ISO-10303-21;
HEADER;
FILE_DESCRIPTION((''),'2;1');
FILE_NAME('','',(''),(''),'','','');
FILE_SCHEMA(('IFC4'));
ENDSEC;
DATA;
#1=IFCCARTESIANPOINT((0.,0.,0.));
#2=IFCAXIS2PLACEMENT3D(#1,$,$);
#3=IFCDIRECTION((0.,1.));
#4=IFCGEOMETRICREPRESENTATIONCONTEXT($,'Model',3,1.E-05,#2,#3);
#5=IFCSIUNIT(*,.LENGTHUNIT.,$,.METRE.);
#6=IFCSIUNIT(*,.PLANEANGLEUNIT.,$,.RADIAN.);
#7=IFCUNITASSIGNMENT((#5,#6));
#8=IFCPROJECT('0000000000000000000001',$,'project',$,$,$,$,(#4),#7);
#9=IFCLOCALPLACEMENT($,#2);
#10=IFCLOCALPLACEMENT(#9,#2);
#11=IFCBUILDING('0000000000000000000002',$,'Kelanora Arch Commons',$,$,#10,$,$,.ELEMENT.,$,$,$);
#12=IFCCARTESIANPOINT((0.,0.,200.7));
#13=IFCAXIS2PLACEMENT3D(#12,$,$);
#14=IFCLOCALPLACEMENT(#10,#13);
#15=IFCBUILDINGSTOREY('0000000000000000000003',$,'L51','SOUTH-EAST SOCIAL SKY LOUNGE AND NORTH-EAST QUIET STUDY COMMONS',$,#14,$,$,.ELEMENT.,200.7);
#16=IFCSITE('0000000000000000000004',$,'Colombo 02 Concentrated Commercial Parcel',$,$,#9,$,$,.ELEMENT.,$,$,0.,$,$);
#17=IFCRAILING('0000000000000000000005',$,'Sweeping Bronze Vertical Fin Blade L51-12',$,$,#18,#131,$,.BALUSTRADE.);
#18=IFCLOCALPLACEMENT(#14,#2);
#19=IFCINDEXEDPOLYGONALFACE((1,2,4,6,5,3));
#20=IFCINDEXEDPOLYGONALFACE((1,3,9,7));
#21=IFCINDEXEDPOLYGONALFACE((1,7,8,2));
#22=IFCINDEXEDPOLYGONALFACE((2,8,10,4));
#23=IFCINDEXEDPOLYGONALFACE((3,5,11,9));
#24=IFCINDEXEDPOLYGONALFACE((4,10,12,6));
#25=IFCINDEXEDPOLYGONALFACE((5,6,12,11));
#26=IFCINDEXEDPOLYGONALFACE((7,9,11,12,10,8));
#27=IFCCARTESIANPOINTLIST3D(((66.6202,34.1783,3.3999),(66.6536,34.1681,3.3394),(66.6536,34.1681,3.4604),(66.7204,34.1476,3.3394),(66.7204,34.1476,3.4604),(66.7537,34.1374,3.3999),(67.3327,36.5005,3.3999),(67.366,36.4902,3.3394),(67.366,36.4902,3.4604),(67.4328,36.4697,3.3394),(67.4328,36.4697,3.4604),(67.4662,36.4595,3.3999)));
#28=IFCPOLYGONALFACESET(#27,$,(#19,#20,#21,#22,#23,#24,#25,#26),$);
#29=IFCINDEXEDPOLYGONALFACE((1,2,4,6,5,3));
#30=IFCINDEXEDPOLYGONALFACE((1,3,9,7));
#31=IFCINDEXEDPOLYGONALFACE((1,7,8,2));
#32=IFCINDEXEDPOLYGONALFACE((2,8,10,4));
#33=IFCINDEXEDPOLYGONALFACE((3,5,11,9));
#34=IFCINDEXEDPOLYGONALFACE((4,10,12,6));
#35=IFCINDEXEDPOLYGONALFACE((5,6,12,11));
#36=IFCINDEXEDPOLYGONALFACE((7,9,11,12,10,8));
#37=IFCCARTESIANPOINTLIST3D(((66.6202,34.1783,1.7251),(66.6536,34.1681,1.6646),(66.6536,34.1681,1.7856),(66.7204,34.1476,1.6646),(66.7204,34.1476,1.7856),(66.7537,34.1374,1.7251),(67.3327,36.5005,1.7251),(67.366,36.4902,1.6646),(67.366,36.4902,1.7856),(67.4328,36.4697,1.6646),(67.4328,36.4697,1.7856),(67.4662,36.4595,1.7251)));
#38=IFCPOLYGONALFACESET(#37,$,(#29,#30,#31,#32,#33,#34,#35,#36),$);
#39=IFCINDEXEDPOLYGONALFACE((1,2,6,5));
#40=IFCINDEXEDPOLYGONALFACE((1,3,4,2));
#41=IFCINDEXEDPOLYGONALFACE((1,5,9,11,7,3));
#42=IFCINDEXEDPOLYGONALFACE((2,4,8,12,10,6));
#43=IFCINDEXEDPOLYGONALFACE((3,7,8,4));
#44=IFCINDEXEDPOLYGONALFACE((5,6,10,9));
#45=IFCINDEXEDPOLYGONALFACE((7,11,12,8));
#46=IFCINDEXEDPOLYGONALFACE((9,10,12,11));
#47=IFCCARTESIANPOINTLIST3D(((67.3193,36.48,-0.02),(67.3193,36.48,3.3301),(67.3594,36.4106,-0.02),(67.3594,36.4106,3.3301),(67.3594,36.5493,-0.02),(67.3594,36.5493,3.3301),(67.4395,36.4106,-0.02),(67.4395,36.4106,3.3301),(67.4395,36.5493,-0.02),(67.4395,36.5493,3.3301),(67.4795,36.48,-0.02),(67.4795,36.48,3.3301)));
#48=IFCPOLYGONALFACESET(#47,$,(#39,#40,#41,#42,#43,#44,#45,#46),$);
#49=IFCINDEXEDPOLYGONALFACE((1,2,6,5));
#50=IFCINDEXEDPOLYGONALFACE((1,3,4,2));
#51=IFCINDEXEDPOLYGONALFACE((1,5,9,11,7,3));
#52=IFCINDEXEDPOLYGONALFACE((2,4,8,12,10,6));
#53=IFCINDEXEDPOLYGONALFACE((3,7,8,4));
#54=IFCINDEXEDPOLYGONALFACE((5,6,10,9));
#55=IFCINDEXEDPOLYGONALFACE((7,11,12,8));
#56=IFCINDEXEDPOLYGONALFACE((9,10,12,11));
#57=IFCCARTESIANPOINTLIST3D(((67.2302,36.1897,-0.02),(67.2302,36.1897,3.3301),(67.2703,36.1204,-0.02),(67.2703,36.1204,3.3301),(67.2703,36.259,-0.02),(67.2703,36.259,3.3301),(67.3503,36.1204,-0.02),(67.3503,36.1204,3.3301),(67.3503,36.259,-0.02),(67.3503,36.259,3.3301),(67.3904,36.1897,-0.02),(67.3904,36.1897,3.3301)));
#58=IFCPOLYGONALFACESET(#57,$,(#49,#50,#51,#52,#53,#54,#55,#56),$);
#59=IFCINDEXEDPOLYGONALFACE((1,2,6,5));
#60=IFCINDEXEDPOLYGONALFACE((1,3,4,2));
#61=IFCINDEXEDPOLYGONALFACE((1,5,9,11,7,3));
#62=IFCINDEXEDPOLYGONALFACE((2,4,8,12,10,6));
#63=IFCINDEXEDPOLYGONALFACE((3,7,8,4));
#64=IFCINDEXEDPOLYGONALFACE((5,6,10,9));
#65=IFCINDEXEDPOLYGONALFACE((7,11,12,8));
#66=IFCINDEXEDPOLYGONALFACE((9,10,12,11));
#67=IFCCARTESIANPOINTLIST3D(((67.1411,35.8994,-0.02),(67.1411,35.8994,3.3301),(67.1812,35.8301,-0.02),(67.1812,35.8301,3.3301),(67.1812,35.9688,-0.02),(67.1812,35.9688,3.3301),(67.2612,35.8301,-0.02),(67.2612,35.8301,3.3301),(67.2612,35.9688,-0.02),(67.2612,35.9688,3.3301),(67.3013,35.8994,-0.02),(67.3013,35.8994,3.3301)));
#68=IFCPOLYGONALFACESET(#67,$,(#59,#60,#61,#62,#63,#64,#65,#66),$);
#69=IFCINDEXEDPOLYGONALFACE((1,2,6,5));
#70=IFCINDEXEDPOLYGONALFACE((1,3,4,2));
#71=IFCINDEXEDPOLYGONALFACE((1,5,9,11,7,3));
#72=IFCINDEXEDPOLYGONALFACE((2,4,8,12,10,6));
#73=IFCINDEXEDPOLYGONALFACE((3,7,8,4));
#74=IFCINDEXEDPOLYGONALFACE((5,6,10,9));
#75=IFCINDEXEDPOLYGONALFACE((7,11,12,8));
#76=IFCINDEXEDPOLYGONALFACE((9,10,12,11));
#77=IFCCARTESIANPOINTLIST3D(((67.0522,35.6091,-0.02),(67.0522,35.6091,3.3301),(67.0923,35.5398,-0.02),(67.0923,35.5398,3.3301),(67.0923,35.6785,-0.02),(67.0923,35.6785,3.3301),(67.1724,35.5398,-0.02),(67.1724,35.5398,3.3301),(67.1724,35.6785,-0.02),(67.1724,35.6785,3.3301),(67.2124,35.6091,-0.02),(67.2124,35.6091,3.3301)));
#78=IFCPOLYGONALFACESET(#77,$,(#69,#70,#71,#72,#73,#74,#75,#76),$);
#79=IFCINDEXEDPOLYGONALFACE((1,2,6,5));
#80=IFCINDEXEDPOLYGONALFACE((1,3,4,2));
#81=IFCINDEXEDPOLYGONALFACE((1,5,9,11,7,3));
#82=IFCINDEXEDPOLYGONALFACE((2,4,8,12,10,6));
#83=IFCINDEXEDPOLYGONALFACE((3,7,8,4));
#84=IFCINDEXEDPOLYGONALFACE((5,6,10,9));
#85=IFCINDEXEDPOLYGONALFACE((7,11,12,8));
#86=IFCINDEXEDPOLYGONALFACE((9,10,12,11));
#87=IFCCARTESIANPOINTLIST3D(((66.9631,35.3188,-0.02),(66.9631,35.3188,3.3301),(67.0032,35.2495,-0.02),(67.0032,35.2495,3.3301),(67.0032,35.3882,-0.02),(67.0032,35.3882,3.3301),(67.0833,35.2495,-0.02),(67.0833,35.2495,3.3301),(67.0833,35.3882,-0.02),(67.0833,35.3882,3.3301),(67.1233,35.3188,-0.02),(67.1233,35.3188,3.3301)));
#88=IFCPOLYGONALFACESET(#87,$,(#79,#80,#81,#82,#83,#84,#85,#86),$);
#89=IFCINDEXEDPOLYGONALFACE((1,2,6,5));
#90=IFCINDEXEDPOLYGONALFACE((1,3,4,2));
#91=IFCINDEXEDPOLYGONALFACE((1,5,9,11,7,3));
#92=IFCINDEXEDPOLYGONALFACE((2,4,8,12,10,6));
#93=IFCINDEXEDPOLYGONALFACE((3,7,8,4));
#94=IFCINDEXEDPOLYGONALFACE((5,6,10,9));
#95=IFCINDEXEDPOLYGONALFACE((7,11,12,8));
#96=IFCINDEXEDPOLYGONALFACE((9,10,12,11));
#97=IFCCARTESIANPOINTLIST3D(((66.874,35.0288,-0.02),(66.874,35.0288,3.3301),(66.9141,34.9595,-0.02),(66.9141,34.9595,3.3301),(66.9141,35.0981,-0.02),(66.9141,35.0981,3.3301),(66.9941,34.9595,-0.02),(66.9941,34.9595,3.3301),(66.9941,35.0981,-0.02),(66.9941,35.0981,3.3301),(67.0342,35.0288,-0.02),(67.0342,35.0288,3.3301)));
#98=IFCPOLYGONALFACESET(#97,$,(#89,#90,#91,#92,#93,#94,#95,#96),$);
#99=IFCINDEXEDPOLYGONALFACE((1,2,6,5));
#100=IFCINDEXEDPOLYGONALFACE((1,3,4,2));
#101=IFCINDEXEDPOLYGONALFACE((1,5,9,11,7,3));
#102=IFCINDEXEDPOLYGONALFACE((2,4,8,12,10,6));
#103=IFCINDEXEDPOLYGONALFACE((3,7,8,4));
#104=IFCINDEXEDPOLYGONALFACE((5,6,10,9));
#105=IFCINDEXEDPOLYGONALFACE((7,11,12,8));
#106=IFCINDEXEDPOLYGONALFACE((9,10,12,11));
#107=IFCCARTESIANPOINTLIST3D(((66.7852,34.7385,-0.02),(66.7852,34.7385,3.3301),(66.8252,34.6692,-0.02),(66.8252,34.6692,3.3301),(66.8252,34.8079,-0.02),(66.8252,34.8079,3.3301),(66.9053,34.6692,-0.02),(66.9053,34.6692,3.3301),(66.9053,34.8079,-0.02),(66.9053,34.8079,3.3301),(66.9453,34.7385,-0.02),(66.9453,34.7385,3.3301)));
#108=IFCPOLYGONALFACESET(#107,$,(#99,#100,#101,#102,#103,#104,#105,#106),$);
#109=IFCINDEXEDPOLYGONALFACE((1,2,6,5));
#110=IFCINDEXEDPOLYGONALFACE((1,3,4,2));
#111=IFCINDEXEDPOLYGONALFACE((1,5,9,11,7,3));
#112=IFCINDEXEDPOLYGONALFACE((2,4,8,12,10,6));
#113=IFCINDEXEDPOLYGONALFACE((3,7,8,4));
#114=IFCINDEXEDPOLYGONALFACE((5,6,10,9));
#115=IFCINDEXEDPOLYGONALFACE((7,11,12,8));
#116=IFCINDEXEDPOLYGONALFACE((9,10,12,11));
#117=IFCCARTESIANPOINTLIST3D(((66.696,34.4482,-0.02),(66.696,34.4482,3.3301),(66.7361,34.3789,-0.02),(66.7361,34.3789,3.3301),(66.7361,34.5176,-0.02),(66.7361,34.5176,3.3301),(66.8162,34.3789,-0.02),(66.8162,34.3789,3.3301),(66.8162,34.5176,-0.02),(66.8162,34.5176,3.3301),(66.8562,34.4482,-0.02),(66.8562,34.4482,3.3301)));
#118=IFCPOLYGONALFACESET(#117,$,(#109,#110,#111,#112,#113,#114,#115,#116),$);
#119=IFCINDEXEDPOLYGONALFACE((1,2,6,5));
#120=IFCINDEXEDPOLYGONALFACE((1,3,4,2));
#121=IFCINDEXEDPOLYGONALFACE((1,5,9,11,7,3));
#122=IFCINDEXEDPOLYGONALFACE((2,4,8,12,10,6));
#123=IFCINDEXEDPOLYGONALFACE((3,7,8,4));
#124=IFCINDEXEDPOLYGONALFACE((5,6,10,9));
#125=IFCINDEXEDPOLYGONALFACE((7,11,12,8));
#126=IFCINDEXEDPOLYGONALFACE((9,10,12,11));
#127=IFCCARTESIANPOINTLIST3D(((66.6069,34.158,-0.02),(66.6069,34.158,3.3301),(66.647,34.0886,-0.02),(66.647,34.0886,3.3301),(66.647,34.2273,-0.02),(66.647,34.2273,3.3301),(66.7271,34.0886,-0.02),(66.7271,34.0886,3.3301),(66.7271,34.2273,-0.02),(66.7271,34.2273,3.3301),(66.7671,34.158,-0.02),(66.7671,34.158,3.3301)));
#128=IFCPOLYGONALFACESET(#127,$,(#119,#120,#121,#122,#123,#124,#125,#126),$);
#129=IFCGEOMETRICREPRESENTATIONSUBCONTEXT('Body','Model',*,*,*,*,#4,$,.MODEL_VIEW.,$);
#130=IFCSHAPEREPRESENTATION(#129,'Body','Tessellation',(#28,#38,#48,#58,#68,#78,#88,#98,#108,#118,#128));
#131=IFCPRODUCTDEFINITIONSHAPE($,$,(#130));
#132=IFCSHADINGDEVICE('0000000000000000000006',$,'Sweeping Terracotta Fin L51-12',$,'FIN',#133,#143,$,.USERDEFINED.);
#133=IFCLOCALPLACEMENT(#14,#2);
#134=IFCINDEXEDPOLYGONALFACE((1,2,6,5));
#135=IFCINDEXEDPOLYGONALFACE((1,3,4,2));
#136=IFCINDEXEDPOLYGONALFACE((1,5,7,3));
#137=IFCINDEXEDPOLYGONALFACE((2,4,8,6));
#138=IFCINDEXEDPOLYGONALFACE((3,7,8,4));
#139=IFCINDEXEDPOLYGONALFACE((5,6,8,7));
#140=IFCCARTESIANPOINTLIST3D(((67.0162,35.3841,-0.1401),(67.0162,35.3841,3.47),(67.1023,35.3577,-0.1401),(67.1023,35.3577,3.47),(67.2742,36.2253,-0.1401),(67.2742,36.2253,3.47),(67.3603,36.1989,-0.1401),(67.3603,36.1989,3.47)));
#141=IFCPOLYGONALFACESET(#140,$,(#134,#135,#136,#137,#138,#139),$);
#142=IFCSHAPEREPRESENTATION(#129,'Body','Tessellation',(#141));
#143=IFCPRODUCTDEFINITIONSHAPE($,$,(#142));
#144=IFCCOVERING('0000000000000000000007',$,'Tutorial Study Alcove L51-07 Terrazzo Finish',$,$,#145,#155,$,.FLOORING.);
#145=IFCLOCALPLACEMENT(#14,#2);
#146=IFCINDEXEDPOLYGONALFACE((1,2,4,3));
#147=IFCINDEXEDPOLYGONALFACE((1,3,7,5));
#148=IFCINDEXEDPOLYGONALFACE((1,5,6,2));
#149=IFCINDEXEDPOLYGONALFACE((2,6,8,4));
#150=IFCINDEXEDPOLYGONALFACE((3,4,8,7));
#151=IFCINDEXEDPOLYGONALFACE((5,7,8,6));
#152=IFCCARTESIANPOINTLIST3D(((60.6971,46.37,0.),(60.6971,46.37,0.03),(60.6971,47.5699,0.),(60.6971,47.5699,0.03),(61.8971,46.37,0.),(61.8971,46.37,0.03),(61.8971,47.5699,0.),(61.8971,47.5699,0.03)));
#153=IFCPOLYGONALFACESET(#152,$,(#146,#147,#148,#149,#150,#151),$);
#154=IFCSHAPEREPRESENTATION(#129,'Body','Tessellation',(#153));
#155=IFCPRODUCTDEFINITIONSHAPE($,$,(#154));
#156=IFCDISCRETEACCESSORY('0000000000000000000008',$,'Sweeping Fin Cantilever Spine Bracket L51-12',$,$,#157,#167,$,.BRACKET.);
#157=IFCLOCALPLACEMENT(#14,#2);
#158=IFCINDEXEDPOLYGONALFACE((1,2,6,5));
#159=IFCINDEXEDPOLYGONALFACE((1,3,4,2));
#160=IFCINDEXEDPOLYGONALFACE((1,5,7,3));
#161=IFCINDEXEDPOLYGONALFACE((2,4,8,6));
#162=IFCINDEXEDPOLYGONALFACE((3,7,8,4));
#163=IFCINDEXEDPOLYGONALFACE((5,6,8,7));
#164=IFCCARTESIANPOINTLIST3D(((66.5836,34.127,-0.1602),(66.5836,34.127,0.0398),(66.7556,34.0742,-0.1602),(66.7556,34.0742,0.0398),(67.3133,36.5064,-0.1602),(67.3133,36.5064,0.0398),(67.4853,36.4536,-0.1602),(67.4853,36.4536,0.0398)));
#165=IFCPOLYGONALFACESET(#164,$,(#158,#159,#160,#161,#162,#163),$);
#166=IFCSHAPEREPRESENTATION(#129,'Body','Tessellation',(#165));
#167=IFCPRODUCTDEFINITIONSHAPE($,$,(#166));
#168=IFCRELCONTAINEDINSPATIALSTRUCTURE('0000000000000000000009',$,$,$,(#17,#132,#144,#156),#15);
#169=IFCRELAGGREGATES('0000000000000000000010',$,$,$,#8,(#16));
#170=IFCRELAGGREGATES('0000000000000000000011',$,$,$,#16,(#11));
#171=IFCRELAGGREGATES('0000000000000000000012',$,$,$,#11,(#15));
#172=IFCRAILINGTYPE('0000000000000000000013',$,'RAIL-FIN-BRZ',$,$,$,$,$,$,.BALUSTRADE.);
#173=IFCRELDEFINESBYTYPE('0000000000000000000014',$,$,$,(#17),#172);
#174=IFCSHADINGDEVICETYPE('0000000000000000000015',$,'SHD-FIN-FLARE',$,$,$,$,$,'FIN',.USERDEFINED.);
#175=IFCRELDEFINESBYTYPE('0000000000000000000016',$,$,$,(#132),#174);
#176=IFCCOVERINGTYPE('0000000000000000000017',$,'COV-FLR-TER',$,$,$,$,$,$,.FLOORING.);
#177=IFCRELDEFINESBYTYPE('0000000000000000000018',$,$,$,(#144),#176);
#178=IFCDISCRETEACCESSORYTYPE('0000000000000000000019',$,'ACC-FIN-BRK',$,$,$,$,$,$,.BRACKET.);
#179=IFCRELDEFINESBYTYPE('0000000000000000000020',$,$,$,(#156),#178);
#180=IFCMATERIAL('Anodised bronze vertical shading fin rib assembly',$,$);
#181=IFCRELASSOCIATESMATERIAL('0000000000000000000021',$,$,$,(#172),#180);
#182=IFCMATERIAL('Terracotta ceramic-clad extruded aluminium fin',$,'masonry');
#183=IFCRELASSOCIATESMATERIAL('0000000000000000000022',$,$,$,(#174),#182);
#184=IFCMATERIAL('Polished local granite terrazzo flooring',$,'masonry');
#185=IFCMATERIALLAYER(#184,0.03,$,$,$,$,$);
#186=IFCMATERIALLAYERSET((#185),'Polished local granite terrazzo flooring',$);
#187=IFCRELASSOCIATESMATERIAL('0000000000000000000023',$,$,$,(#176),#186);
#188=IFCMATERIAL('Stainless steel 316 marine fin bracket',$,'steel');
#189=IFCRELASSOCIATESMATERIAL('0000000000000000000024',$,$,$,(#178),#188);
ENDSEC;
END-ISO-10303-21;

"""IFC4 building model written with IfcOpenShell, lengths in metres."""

from ifc_helpers import new_model, si_unit, direction, frame, origin, origin_2d, place, context, subcontext, project, spatial, polyline, rectangle, outline, extrude, source, transform, mapped, material, layer, layer_set, type_object, element, save


model = new_model("IFC4")

# Units and contexts
model_context = context("Model", 3, precision=1e-05, world=origin(), true_north=direction((0.0, 1.0)))
body_context = subcontext(model_context, "Body", "Model", "MODEL_VIEW")
ifc_project = project(units=[si_unit("LENGTHUNIT", "METRE"), si_unit("PLANEANGLEUNIT", "RADIAN")], contexts=[model_context])

# Site, building, storey
site_placement = place(None, origin())
site = spatial("IfcSite", under=ifc_project, at=site_placement, Name="Colombo 02 Concentrated Commercial Parcel", CompositionType="ELEMENT", RefElevation=0.0)
building_placement = place(site_placement, origin())
building = spatial("IfcBuilding", under=site, at=building_placement, Name="Kelanora Arch Commons", CompositionType="ELEMENT")
storey_placement = place(building_placement, frame((0.0, 0.0, 200.7)))
storey = spatial("IfcBuildingStorey", under=building, at=storey_placement, Name="L51", Description="SOUTH-EAST SOCIAL SKY LOUNGE AND NORTH-EAST QUIET STUDY COMMONS", CompositionType="ELEMENT", Elevation=200.7)

# Railing
ifc_material_1 = material(Name="Anodised bronze vertical shading fin rib assembly")
railing_type = type_object("IfcRailingType", Name="RAIL-FIN-BRZ", PredefinedType="BALUSTRADE", material=ifc_material_1)
railing_placement = place(storey_placement, frame((67.3994, 36.48, -0.02)))
element("IfcRailing", 1, at=railing_placement, inside=storey, type_object=railing_type, Name="Sweeping Bronze Vertical Fin Blade L51-12", PredefinedType="BALUSTRADE", context=body_context, shape_type="SweptSolid", body=[
    extrude(outline(polyline([(0.0698, 0.0), (0.0349, 0.0605), (-0.0349, 0.0605), (-0.0698, 0.0), (-0.0349, -0.0605), (0.0349, -0.0605), (0.0698, 0.0)])), frame((0.0, 0.0, 3.4199), z_axis=(-0.293309, -0.956018, 0.0), x_axis=(0.956018, -0.293309, 0.0)), (0.0, 0.0, 1.0), 2.429),
    extrude(outline(polyline([(0.0698, 0.0), (0.0349, 0.0605), (-0.0349, 0.0605), (-0.0698, 0.0), (-0.0349, -0.0605), (0.0349, -0.0605), (0.0698, 0.0)])), frame((0.0, 0.0, 1.7451), z_axis=(-0.293309, -0.956018, 0.0), x_axis=(0.956018, -0.293309, 0.0)), (0.0, 0.0, 1.0), 2.429),
    extrude(outline(polyline([(0.0801, 0.0), (0.04, 0.0693), (-0.04, 0.0693), (-0.0801, 0.0), (-0.04, -0.0693), (0.04, -0.0693), (0.0801, 0.0)])), origin(), (0.0, 0.0, 1.0), 3.3501),
    extrude(outline(polyline([(0.0801, 0.0), (0.04, 0.0693), (-0.04, 0.0693), (-0.0801, 0.0), (-0.04, -0.0693), (0.04, -0.0693), (0.0801, 0.0)])), frame((-0.0891, -0.2903, 0.0)), (0.0, 0.0, 1.0), 3.3501),
    extrude(outline(polyline([(0.0801, 0.0), (0.04, 0.0693), (-0.04, 0.0693), (-0.0801, 0.0), (-0.04, -0.0693), (0.04, -0.0693), (0.0801, 0.0)])), frame((-0.1782, -0.5806, 0.0)), (0.0, 0.0, 1.0), 3.3501),
    extrude(outline(polyline([(0.0801, 0.0), (0.04, 0.0693), (-0.04, 0.0693), (-0.0801, 0.0), (-0.04, -0.0693), (0.04, -0.0693), (0.0801, 0.0)])), frame((-0.2671, -0.8708, 0.0)), (0.0, 0.0, 1.0), 3.3501),
    extrude(outline(polyline([(0.0801, 0.0), (0.04, 0.0693), (-0.04, 0.0693), (-0.0801, 0.0), (-0.04, -0.0693), (0.04, -0.0693), (0.0801, 0.0)])), frame((-0.3562, -1.1611, 0.0)), (0.0, 0.0, 1.0), 3.3501),
    extrude(outline(polyline([(0.0801, 0.0), (0.04, 0.0693), (-0.04, 0.0693), (-0.0801, 0.0), (-0.04, -0.0693), (0.04, -0.0693), (0.0801, 0.0)])), frame((-0.4453, -1.4512, 0.0)), (0.0, 0.0, 1.0), 3.3501),
    extrude(outline(polyline([(0.0801, 0.0), (0.04, 0.0693), (-0.04, 0.0693), (-0.0801, 0.0), (-0.04, -0.0693), (0.04, -0.0693), (0.0801, 0.0)])), frame((-0.5342, -1.7415, 0.0)), (0.0, 0.0, 1.0), 3.3501),
    extrude(outline(polyline([(0.0801, 0.0), (0.04, 0.0693), (-0.04, 0.0693), (-0.0801, 0.0), (-0.04, -0.0693), (0.04, -0.0693), (0.0801, 0.0)])), frame((-0.6233, -2.0317, 0.0)), (0.0, 0.0, 1.0), 3.3501),
    extrude(outline(polyline([(0.0801, 0.0), (0.04, 0.0693), (-0.04, 0.0693), (-0.0801, 0.0), (-0.04, -0.0693), (0.04, -0.0693), (0.0801, 0.0)])), frame((-0.7124, -2.322, 0.0)), (0.0, 0.0, 1.0), 3.3501),
])

# Shading device
ifc_material_2 = material(Name="Terracotta ceramic-clad extruded aluminium fin", Category="masonry")
shading_device_type = type_object("IfcShadingDeviceType", Name="SHD-FIN-FLARE", ElementType="FIN", PredefinedType="USERDEFINED", material=ifc_material_2)
shared_shape_1 = source(origin(), body_context, "Body", "SweptSolid", [
    extrude(rectangle(XDim=0.8799, YDim=0.0901, at=origin_2d()), origin(), (0.0, 0.0, 1.0), 3.6101),
])
shading_device_placement = place(storey_placement, frame((67.1882, 35.7915, -0.1401), z_axis=(0.0, 0.0, 1.0), x_axis=(-0.293206, -0.956049, 0.0)))
element("IfcShadingDevice", 2, at=shading_device_placement, inside=storey, type_object=shading_device_type, Name="Sweeping Terracotta Fin L51-12", ObjectType="FIN", PredefinedType="USERDEFINED", context=body_context, shape_type="MappedRepresentation", body=[
    mapped(shared_shape_1, transform((0.0, 0.0, 0.0), scale=1.0)),
])

# Covering
ifc_material_3 = material(Name="Polished local granite terrazzo flooring", Category="masonry")
ifc_layer_1 = layer(ifc_material_3, 0.03)
ifc_layer_set_1 = layer_set([ifc_layer_1], Name="Polished local granite terrazzo flooring")
covering_type = type_object("IfcCoveringType", Name="COV-FLR-TER", PredefinedType="FLOORING", material=ifc_layer_set_1)
shared_shape_2 = source(origin(), body_context, "Body", "SweptSolid", [
    extrude(rectangle(XDim=1.2, YDim=1.2, at=origin_2d()), origin(), (0.0, 0.0, 1.0), 0.03),
])
covering_placement = place(storey_placement, frame((61.2971, 46.97, 0.0), z_axis=(0.0, 0.0, 1.0), x_axis=(1.0, 0.0, 0.0)))
element("IfcCovering", 3, at=covering_placement, inside=storey, type_object=covering_type, Name="Tutorial Study Alcove L51-07 Terrazzo Finish", PredefinedType="FLOORING", context=body_context, shape_type="MappedRepresentation", body=[
    mapped(shared_shape_2, transform((0.0, 0.0, 0.0), scale=1.0)),
])

# Discrete accessory
ifc_material_4 = material(Name="Stainless steel 316 marine fin bracket", Category="steel")
discrete_accessory_type = type_object("IfcDiscreteAccessoryType", Name="ACC-FIN-BRK", PredefinedType="BRACKET", material=ifc_material_4)
shared_shape_3 = source(origin(), body_context, "Body", "SweptSolid", [
    extrude(rectangle(XDim=2.4888, YDim=0.1799, at=origin_2d()), origin(), (0.0, 0.0, 1.0), 0.2),
])
discrete_accessory_placement = place(storey_placement, frame((67.0344, 35.2903, -0.1602), z_axis=(0.0, 0.0, 1.0), x_axis=(-0.293206, -0.956049, 0.0)))
element("IfcDiscreteAccessory", 4, at=discrete_accessory_placement, inside=storey, type_object=discrete_accessory_type, Name="Sweeping Fin Cantilever Spine Bracket L51-12", PredefinedType="BRACKET", context=body_context, shape_type="MappedRepresentation", body=[
    mapped(shared_shape_3, transform((0.0, 0.0, 0.0), scale=1.0)),
])

save(model, "model.ifc")
